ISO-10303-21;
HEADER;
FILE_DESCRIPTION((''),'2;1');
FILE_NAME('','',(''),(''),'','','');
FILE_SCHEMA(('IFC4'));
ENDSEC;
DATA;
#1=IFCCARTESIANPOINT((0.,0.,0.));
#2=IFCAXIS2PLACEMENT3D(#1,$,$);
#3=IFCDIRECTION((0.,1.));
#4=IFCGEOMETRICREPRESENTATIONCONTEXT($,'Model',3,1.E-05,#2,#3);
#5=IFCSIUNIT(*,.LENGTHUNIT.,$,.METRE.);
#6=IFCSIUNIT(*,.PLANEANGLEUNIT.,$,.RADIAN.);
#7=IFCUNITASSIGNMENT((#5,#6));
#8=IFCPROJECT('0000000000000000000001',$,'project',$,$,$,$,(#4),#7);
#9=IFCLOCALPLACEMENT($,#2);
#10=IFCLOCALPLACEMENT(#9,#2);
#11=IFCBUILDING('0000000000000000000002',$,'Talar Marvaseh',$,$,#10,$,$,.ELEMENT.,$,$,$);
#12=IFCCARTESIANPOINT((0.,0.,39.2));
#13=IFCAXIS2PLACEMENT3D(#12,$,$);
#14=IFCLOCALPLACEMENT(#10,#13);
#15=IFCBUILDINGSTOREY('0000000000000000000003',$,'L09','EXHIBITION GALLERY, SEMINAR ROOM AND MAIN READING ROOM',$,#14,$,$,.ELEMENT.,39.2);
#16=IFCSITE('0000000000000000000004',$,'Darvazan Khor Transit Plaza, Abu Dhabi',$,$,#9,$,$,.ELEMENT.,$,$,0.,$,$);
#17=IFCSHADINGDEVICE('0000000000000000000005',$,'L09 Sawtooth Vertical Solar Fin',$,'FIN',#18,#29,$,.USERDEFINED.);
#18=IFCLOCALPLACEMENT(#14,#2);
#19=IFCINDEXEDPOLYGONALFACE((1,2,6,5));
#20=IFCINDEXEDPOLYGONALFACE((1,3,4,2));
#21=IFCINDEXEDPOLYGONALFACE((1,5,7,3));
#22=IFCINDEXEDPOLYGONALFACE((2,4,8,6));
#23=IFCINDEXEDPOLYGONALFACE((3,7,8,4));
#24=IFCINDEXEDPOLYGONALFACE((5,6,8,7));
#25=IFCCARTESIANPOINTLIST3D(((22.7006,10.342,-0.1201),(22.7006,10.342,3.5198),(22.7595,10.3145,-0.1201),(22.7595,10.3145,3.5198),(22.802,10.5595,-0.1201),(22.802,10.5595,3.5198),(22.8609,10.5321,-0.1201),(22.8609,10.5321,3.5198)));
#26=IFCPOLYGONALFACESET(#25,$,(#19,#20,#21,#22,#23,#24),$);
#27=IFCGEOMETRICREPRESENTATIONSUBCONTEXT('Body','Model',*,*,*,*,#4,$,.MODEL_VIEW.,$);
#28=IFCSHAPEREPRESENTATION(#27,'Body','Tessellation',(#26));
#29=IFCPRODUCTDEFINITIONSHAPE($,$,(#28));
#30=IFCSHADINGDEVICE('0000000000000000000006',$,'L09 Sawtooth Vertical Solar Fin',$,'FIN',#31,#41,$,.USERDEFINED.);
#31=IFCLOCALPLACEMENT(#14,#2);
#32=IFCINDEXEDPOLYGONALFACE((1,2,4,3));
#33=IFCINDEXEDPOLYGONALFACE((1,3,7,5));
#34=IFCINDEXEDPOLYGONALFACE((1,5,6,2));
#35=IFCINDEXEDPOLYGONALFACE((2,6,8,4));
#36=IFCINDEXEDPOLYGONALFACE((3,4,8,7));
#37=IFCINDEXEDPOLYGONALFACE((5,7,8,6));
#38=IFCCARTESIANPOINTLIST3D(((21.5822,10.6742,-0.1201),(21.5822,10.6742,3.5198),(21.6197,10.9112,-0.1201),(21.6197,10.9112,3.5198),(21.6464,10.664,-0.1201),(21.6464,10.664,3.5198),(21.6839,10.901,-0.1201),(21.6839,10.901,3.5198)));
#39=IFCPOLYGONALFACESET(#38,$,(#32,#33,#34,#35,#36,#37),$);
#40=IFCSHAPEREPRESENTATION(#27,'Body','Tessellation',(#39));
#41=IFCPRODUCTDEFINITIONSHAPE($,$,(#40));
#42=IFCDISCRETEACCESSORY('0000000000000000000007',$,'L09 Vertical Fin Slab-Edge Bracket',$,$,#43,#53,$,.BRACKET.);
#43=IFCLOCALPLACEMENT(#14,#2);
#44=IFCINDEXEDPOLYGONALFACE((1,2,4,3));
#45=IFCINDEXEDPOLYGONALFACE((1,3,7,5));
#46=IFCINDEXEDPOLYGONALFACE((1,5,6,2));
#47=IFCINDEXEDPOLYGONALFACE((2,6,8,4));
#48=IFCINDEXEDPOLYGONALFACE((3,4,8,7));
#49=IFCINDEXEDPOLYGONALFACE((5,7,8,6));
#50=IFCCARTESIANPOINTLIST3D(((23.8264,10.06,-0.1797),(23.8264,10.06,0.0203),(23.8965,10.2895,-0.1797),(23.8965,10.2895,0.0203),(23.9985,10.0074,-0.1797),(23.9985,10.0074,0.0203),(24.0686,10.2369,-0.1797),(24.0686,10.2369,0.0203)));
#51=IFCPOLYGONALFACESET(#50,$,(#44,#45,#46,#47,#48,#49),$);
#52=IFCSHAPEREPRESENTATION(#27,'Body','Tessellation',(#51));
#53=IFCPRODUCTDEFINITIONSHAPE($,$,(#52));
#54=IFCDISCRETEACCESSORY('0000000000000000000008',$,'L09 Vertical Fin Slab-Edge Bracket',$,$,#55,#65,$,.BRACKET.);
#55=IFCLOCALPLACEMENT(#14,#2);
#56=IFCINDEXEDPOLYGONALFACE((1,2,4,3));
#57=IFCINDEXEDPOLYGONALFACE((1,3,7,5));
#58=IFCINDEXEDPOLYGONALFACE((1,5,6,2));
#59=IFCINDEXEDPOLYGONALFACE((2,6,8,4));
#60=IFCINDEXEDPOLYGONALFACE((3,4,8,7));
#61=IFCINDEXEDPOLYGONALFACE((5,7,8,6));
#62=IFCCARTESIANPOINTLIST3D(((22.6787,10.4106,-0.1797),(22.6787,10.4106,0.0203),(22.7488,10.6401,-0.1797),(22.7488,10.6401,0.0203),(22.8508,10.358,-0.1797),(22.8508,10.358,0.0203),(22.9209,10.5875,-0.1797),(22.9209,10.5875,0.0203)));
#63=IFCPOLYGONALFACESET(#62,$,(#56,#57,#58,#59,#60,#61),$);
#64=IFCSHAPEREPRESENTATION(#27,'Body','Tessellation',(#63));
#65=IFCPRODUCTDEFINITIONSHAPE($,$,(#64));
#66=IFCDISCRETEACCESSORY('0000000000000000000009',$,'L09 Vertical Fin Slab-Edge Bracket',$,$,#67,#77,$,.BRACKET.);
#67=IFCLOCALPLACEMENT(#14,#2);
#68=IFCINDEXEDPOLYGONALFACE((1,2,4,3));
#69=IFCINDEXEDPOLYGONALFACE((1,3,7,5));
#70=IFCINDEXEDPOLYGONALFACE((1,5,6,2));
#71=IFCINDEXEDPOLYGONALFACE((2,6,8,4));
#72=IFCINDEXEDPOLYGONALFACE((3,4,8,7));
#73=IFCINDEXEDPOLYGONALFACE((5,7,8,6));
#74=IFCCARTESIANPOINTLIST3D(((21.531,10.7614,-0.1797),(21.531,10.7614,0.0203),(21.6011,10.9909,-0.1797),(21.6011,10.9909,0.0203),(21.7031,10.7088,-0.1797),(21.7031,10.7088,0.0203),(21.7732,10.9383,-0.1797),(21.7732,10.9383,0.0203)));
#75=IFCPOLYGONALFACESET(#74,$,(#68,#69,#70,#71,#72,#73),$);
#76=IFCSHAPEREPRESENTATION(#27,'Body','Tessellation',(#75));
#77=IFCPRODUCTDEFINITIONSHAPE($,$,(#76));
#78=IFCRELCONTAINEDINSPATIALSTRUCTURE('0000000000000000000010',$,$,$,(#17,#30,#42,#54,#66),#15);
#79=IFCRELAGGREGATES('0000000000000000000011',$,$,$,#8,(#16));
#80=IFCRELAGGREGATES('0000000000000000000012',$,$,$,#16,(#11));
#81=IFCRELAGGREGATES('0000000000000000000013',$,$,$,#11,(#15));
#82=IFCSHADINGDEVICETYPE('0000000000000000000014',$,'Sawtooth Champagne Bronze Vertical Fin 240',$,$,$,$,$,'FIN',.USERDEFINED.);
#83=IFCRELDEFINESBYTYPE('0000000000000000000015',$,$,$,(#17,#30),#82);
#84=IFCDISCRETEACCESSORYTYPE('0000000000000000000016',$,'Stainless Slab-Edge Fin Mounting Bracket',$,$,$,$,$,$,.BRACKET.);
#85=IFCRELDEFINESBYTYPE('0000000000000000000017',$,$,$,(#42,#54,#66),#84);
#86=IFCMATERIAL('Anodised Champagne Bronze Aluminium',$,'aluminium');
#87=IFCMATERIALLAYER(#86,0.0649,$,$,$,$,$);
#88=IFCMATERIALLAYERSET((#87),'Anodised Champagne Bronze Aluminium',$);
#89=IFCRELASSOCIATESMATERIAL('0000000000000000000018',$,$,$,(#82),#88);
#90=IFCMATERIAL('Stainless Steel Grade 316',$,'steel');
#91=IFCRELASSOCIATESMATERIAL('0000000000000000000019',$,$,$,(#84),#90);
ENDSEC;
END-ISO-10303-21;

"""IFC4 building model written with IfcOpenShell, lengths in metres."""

from ifc_helpers import new_model, si_unit, direction, frame, origin, origin_2d, place, context, subcontext, project, spatial, rectangle, extrude, source, transform, mapped, material, layer, layer_set, type_object, type_shapes, element, save


model = new_model("IFC4")

# Units and contexts
model_context = context("Model", 3, precision=1e-05, world=origin(), true_north=direction((0.0, 1.0)))
body_context = subcontext(model_context, "Body", "Model", "MODEL_VIEW")
ifc_project = project(units=[si_unit("LENGTHUNIT", "METRE"), si_unit("PLANEANGLEUNIT", "RADIAN")], contexts=[model_context])

# Site, building, storey
site_placement = place(None, origin())
site = spatial("IfcSite", under=ifc_project, at=site_placement, Name="Darvazan Khor Transit Plaza, Abu Dhabi", CompositionType="ELEMENT", RefElevation=0.0)
building_placement = place(site_placement, origin())
building = spatial("IfcBuilding", under=site, at=building_placement, Name="Talar Marvaseh", CompositionType="ELEMENT")
storey_placement = place(building_placement, frame((0.0, 0.0, 39.2)))
storey = spatial("IfcBuildingStorey", under=building, at=storey_placement, Name="L09", Description="EXHIBITION GALLERY, SEMINAR ROOM AND MAIN READING ROOM", CompositionType="ELEMENT", Elevation=39.2)

# Shading devices
ifc_material_1 = material(Name="Anodised Champagne Bronze Aluminium", Category="aluminium")
ifc_layer_1 = layer(ifc_material_1, 0.0649)
ifc_layer_set_1 = layer_set([ifc_layer_1], Name="Anodised Champagne Bronze Aluminium")
shading_device_type = type_object("IfcShadingDeviceType", Name="Sawtooth Champagne Bronze Vertical Fin 240", ElementType="FIN", PredefinedType="USERDEFINED", material=ifc_layer_set_1)
shared_shape_1 = source(origin(), body_context, "Body", "SweptSolid", [
    extrude(rectangle(XDim=0.24, YDim=0.0649, at=origin_2d()), origin(), (0.0, 0.0, 1.0), 3.6399),
])
type_shapes(shading_device_type, [shared_shape_1])
for number, where, z_axis, x_axis, name in (
    (1, (22.7808, 10.437, -0.1201), (0.0, 0.0, 1.0), (-0.42246, -0.906382, 0.0), "L09 Sawtooth Vertical Solar Fin"),
    (2, (21.6331, 10.7876, -0.1201), (0.0, 0.0, 1.0), (-0.156262, -0.987716, 0.0), "L09 Sawtooth Vertical Solar Fin"),
):
    element("IfcShadingDevice", number, at=place(storey_placement, frame(where, z_axis=z_axis, x_axis=x_axis)), inside=storey, type_object=shading_device_type, Name=name, ObjectType="FIN", PredefinedType="USERDEFINED", context=body_context, shape_type="MappedRepresentation", body=[
        mapped(shared_shape_1, transform((0.0, 0.0, 0.0), x_axis=(1.0, 0.0, 0.0), y_axis=(0.0, 1.0, 0.0), z_axis=(0.0, 0.0, 1.0), scale=1.0)),
    ])

# Discrete accessories
ifc_material_2 = material(Name="Stainless Steel Grade 316", Category="steel")
discrete_accessory_type = type_object("IfcDiscreteAccessoryType", Name="Stainless Slab-Edge Fin Mounting Bracket", PredefinedType="BRACKET", material=ifc_material_2)
shared_shape_2 = source(origin(), body_context, "Body", "SweptSolid", [
    extrude(rectangle(XDim=0.24, YDim=0.1799, at=origin_2d()), origin(), (0.0, 0.0, 1.0), 0.2),
])
type_shapes(discrete_accessory_type, [shared_shape_2])
for number, where, z_axis, x_axis, name in (
    (3, (23.9475, 10.1484, -0.1797), (0.0, 0.0, 1.0), (-0.292205, -0.956356, 0.0), "L09 Vertical Fin Slab-Edge Bracket"),
    (4, (22.7998, 10.499, -0.1797), (0.0, 0.0, 1.0), (-0.292205, -0.956356, 0.0), "L09 Vertical Fin Slab-Edge Bracket"),
    (5, (21.6521, 10.8499, -0.1797), (0.0, 0.0, 1.0), (-0.292205, -0.956356, 0.0), "L09 Vertical Fin Slab-Edge Bracket"),
):
    element("IfcDiscreteAccessory", number, at=place(storey_placement, frame(where, z_axis=z_axis, x_axis=x_axis)), inside=storey, type_object=discrete_accessory_type, Name=name, PredefinedType="BRACKET", context=body_context, shape_type="MappedRepresentation", body=[
        mapped(shared_shape_2, transform((0.0, 0.0, 0.0), x_axis=(1.0, 0.0, 0.0), y_axis=(0.0, 1.0, 0.0), z_axis=(0.0, 0.0, 1.0), scale=1.0)),
    ])

save(model, "model.ifc")
